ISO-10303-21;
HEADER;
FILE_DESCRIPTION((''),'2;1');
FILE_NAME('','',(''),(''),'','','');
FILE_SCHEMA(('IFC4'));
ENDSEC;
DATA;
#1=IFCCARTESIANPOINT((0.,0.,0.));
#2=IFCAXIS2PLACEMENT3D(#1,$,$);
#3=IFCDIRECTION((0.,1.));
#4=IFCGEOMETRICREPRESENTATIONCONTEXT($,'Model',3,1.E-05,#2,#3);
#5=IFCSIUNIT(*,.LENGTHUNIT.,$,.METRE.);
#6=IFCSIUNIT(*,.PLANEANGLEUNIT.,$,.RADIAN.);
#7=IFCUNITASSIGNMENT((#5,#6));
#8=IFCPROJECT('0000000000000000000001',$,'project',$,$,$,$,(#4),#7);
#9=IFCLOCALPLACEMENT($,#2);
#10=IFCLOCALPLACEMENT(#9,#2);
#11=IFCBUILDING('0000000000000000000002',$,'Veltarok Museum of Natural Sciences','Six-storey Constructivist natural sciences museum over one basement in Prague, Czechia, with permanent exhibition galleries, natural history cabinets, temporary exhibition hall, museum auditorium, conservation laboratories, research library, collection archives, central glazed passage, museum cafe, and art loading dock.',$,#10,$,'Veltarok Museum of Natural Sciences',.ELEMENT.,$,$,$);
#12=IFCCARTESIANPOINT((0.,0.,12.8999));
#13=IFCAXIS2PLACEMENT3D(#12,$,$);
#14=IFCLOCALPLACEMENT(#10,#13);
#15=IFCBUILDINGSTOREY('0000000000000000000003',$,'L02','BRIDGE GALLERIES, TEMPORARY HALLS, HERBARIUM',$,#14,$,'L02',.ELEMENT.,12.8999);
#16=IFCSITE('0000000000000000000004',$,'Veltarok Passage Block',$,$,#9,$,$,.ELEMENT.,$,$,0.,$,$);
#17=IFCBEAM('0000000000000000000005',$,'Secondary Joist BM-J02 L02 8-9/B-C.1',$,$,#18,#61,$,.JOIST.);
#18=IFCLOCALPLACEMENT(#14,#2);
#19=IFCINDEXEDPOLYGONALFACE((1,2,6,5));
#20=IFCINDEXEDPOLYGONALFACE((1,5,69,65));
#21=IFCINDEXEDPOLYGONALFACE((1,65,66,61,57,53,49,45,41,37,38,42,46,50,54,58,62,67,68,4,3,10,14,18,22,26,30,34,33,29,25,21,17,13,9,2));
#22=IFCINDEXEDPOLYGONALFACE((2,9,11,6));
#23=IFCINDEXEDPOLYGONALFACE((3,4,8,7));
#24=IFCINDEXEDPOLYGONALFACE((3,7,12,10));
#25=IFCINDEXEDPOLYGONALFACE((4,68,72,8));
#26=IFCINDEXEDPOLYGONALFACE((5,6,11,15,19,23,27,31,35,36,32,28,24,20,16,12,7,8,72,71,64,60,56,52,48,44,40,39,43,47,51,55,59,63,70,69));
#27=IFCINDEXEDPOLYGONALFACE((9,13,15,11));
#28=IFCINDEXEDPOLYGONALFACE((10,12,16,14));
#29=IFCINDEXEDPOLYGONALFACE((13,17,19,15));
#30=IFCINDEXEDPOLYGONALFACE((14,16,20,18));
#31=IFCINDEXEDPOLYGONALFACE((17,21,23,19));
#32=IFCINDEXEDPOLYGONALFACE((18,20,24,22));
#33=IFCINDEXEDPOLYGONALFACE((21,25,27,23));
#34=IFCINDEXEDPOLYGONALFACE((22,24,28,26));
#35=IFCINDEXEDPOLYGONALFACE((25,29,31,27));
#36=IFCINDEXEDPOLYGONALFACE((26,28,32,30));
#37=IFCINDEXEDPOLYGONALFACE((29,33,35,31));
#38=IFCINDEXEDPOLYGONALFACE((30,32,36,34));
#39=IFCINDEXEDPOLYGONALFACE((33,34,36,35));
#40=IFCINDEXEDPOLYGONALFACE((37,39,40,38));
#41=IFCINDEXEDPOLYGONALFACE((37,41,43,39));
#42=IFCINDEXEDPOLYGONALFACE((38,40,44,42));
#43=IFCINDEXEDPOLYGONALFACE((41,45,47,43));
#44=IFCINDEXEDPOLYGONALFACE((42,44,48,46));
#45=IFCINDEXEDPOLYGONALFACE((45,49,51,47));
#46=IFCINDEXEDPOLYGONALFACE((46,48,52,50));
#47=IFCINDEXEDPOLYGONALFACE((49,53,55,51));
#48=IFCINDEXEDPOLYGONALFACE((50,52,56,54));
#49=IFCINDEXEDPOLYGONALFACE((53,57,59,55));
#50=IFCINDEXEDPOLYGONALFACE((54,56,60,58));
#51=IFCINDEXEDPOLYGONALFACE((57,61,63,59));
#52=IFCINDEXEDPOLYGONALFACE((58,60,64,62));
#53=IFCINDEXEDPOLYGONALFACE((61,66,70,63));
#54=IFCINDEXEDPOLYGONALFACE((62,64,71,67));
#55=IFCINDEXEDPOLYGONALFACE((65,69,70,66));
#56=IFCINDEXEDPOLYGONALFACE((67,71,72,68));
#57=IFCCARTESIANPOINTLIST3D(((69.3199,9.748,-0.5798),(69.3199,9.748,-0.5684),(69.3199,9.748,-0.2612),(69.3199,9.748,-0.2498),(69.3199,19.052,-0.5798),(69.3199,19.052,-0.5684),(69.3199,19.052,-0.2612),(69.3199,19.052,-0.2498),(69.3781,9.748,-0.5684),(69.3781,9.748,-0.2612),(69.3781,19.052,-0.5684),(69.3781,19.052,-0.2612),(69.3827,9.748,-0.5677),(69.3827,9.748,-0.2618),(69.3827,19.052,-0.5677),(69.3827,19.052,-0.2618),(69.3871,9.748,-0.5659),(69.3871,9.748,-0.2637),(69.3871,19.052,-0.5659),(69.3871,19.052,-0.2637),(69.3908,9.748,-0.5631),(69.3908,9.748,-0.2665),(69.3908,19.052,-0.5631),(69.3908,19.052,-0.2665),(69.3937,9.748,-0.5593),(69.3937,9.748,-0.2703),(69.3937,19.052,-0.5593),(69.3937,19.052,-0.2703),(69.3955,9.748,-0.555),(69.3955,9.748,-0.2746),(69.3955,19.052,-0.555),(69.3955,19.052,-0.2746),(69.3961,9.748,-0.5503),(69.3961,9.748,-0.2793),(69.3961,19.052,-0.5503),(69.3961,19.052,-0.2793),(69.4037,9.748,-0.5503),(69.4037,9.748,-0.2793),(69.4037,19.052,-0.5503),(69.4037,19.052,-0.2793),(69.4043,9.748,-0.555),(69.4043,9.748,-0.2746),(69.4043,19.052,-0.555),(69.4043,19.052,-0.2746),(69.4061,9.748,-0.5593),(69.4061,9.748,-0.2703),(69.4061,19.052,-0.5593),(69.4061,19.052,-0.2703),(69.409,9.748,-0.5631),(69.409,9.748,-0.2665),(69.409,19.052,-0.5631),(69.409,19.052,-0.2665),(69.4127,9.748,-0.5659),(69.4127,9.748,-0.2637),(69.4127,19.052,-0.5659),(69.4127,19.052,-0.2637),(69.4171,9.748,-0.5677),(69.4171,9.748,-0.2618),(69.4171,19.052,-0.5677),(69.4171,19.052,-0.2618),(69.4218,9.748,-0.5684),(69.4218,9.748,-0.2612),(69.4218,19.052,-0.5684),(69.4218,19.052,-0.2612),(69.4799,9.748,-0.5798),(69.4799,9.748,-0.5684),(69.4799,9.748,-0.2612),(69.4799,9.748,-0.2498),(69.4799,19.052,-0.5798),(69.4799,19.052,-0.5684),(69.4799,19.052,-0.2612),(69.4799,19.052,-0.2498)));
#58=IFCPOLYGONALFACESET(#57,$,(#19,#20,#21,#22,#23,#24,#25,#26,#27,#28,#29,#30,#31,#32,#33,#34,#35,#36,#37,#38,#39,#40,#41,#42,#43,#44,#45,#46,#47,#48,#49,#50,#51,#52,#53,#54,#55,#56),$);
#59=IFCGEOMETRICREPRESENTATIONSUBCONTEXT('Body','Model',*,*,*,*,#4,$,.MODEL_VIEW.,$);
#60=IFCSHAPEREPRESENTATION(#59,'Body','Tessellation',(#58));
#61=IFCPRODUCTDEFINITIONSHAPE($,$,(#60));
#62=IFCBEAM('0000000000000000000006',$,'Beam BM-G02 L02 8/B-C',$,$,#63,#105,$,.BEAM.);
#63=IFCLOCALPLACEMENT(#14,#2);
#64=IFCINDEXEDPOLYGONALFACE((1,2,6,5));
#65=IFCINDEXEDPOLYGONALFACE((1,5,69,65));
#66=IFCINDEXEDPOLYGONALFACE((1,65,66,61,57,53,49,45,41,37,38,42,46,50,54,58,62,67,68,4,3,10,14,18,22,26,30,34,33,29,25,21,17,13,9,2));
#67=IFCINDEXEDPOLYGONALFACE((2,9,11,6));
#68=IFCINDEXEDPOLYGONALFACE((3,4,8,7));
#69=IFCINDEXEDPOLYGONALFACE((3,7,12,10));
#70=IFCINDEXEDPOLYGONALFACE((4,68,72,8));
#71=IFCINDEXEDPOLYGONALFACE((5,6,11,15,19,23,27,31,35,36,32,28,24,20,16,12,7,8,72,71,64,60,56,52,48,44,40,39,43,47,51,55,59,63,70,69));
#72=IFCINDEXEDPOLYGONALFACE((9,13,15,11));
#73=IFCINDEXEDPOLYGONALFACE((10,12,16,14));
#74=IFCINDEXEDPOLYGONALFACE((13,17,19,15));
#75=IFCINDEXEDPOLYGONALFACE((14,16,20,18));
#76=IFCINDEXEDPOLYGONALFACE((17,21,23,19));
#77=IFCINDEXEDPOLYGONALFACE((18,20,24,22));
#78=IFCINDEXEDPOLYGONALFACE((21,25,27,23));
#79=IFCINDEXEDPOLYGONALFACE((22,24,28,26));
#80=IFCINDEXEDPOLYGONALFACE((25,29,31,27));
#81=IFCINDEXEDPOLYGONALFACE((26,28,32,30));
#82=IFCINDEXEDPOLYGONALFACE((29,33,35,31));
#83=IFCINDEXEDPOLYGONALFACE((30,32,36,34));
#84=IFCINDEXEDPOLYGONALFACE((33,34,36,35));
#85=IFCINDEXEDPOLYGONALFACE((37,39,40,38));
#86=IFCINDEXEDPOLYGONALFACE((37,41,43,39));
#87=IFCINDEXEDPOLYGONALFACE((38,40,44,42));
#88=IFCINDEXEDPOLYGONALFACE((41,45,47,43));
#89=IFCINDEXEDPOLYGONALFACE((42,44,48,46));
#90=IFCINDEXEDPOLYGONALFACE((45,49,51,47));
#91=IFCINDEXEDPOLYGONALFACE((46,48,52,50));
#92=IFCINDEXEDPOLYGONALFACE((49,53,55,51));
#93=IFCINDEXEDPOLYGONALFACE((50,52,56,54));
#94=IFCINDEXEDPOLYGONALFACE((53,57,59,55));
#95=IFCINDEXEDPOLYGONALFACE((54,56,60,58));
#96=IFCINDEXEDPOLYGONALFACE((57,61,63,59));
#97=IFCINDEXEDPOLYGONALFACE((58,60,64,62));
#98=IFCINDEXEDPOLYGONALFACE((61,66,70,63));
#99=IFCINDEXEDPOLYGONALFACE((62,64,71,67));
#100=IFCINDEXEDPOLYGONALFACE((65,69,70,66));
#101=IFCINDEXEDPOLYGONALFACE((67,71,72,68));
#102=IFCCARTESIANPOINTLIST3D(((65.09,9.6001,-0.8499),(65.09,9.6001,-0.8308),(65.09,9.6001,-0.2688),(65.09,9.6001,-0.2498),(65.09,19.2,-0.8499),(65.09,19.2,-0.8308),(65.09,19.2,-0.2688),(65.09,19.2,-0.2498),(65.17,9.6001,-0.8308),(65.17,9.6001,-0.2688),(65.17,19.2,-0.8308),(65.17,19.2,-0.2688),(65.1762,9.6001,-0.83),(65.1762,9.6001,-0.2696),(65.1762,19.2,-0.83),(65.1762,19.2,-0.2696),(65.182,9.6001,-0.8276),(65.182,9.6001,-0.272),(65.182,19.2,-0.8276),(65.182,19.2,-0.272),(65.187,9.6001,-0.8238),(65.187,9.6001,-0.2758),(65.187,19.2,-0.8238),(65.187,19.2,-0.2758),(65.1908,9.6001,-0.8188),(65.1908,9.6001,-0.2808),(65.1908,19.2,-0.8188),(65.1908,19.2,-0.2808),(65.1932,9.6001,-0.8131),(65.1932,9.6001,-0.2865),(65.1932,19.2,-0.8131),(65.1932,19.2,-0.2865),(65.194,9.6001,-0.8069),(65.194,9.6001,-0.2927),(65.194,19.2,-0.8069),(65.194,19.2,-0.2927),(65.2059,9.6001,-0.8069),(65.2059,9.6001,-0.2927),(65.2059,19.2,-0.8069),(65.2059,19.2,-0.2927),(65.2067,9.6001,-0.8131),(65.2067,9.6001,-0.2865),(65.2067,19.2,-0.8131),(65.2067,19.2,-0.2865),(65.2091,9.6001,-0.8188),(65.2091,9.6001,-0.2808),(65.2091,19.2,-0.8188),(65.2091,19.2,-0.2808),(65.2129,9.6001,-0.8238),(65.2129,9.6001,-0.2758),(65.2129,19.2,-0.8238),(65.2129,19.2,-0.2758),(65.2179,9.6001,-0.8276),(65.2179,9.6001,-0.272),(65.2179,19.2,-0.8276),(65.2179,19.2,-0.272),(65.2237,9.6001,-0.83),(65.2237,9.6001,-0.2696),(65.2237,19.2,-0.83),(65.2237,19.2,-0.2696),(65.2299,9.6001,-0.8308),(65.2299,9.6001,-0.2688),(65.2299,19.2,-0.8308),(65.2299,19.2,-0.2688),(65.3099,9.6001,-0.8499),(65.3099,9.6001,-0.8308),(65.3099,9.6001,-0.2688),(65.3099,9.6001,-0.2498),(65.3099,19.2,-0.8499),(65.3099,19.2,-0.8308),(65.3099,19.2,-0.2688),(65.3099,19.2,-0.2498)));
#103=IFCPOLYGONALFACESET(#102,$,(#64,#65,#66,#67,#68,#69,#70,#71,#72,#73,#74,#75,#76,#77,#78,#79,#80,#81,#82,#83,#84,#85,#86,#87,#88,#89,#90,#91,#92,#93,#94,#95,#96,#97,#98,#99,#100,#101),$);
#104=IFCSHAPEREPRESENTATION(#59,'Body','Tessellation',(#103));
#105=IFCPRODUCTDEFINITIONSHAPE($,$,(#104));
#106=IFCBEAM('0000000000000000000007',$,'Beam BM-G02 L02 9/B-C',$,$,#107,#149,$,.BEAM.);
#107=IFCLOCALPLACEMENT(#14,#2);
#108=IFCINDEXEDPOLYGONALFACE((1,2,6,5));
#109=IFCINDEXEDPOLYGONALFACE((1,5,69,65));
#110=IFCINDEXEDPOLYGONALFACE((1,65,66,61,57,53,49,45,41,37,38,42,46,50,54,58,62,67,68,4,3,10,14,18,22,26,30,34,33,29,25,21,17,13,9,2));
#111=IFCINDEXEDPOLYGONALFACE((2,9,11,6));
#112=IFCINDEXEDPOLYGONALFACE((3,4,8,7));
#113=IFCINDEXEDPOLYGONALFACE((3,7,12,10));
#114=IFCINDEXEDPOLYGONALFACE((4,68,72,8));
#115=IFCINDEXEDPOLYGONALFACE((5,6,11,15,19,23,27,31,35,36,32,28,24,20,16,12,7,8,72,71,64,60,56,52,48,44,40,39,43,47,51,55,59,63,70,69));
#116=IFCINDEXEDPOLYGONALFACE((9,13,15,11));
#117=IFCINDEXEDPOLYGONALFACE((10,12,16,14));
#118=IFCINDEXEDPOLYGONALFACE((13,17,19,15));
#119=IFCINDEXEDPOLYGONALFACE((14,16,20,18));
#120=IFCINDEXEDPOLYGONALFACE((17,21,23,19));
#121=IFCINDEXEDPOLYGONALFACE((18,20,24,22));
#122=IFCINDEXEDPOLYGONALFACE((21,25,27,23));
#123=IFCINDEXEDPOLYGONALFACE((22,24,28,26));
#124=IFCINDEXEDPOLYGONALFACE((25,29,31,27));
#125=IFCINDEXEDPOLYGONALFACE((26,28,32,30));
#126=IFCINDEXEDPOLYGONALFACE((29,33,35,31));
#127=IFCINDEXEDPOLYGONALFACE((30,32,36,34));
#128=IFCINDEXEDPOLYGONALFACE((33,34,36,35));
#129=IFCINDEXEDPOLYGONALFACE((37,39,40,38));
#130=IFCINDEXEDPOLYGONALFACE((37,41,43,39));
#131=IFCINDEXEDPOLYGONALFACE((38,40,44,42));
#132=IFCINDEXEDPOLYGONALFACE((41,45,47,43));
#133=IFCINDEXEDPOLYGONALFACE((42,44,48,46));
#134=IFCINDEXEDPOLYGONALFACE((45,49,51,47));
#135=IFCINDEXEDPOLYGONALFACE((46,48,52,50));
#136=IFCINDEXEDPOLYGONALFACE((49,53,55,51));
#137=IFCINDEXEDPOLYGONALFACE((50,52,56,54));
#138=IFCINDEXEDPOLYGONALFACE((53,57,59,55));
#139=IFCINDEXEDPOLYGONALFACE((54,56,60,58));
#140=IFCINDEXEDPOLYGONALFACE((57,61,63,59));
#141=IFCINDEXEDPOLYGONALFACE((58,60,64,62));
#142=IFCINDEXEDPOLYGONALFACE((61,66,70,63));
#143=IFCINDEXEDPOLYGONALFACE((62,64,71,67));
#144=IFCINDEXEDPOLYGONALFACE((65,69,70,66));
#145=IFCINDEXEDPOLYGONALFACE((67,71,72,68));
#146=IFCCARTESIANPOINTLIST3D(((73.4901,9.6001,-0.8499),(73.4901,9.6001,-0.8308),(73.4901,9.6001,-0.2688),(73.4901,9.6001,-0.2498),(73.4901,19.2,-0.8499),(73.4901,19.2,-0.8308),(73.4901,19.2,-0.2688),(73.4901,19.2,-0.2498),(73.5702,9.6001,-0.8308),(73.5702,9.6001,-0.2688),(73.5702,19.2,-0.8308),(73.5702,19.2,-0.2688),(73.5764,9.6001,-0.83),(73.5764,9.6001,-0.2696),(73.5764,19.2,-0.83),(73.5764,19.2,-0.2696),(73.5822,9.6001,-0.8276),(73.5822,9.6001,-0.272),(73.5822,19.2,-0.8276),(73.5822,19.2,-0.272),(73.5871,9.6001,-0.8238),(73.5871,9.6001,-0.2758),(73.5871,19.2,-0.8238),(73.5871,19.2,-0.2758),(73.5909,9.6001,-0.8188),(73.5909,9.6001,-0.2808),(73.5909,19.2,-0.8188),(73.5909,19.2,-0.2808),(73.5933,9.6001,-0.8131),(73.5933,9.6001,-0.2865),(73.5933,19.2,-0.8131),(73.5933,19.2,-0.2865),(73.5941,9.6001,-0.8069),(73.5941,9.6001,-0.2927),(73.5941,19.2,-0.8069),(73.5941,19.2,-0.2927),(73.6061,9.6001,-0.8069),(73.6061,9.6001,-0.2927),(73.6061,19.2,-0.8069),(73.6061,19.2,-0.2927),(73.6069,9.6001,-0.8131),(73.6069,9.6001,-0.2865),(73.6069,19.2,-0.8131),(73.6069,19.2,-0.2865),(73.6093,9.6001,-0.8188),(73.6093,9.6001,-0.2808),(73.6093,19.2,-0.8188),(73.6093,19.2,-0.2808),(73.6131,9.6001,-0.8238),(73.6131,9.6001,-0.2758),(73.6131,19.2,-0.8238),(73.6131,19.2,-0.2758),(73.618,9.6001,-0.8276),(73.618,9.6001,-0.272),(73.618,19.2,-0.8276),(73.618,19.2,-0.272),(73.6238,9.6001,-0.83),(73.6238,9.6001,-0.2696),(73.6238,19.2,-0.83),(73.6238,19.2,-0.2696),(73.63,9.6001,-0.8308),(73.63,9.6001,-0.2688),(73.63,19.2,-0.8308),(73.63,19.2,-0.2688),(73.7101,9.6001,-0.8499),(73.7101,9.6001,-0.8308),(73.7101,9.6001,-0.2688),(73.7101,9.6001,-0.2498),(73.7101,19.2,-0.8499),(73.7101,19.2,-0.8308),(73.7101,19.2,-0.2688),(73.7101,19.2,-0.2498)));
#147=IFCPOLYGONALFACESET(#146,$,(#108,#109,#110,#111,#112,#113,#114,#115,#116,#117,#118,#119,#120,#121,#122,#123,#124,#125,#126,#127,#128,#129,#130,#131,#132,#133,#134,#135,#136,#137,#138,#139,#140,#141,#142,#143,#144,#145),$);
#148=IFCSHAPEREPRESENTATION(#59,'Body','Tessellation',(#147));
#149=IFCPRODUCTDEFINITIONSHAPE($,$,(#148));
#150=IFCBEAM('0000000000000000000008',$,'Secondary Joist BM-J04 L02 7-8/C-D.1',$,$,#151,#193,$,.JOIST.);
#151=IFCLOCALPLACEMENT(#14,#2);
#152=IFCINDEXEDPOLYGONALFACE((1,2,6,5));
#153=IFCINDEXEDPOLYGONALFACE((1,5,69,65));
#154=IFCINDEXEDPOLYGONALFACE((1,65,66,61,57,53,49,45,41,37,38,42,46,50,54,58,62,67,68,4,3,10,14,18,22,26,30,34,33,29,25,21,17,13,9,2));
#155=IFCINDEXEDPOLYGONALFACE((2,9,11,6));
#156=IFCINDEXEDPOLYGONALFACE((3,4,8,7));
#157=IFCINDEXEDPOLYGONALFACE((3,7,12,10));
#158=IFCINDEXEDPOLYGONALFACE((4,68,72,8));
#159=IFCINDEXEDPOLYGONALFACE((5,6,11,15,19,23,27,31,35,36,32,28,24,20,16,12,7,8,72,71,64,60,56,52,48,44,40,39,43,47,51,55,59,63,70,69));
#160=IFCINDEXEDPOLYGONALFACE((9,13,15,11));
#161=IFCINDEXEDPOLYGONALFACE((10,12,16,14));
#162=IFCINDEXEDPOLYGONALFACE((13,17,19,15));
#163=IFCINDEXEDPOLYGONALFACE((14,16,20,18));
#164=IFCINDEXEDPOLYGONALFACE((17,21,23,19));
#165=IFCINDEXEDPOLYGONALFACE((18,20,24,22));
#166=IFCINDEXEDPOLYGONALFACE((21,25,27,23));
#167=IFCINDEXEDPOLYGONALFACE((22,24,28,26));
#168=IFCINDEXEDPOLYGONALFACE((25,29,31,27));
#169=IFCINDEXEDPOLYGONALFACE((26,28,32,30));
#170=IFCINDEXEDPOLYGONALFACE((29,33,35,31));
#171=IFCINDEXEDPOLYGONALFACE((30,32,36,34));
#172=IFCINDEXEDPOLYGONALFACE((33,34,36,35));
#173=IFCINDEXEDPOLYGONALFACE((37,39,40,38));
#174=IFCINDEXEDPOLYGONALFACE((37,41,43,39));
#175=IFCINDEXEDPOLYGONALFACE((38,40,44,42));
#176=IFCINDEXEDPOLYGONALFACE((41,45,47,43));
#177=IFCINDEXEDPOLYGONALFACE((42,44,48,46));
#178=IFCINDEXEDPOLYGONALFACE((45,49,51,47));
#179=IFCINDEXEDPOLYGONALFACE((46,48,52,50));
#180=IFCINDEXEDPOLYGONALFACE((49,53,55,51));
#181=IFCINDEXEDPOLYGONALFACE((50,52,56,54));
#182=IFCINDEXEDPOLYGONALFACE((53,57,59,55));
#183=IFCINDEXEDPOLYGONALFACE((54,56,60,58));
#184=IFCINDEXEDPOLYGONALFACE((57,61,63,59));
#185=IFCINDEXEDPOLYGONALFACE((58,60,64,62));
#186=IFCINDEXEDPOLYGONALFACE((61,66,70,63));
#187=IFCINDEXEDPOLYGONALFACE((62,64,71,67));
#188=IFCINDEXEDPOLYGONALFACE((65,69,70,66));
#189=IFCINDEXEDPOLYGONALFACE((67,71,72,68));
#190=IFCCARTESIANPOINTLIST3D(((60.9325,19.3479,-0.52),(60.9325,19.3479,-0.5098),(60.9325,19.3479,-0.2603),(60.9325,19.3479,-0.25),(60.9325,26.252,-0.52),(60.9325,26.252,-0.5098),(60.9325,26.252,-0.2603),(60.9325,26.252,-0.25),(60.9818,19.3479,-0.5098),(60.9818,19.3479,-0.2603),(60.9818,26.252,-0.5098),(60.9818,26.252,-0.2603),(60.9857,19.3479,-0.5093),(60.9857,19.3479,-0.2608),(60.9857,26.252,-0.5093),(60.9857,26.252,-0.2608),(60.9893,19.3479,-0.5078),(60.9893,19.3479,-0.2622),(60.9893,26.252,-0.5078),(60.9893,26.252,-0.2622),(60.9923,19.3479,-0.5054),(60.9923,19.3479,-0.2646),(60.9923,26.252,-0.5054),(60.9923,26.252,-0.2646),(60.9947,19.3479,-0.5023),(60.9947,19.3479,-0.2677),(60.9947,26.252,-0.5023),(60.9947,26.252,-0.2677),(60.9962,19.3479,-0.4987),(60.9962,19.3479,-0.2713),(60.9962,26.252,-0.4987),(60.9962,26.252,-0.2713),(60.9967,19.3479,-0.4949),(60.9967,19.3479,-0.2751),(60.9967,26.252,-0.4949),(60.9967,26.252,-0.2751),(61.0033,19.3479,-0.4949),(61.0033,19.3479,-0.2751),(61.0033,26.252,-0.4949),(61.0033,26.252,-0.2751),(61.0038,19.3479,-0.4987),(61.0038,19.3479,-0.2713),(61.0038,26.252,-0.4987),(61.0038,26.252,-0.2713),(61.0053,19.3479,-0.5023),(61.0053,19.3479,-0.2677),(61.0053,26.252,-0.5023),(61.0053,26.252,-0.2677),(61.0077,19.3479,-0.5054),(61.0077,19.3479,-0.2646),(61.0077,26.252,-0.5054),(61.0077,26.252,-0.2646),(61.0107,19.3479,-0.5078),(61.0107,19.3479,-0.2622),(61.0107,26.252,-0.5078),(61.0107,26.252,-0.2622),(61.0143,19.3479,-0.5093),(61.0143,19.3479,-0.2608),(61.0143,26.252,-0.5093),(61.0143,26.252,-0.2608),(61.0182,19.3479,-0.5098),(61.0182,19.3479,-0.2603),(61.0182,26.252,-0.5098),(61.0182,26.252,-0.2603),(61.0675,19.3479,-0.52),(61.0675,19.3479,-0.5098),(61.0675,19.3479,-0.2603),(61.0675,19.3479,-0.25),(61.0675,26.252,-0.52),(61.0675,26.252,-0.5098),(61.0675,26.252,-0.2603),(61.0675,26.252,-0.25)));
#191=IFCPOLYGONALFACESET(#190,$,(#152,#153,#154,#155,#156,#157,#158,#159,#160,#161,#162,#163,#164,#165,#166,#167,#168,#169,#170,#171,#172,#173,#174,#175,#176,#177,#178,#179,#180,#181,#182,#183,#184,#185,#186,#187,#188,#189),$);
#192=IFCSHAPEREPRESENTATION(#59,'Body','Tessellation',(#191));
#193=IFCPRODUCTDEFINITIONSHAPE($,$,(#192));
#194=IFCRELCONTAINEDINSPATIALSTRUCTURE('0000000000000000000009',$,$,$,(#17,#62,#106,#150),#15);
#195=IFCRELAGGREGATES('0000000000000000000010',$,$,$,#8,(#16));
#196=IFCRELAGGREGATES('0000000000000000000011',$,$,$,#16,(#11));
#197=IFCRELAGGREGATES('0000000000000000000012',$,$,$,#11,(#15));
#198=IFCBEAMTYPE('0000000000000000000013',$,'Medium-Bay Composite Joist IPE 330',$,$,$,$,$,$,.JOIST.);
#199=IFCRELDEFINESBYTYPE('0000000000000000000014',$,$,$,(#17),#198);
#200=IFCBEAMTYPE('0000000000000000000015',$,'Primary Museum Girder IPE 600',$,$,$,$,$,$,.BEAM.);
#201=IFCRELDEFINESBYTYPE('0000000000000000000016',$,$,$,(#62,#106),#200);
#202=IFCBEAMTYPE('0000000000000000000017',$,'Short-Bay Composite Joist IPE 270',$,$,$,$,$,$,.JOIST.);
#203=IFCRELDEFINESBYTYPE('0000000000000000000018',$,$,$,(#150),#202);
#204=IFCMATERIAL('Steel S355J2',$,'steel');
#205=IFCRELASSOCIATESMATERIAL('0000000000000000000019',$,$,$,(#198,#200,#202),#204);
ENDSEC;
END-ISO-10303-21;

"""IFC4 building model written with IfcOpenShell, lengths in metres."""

from ifc_helpers import new_model, si_unit, direction, frame, origin, origin_2d, place, context, subcontext, project, spatial, i_section, extrude, material, material_profile, profile_set, type_object, element, save


model = new_model("IFC4")

# Units and contexts
model_context = context("Model", 3, precision=1e-05, world=origin(), true_north=direction((0.0, 1.0)))
body_context = subcontext(model_context, "Body", "Model", "MODEL_VIEW")
ifc_project = project(units=[si_unit("LENGTHUNIT", "METRE"), si_unit("PLANEANGLEUNIT", "RADIAN")], contexts=[model_context])

# Site, building, storey
site_placement = place(None, origin())
site = spatial("IfcSite", under=ifc_project, at=site_placement, Name="Veltarok Passage Block", CompositionType="ELEMENT", RefElevation=0.0)
building_placement = place(site_placement, origin())
building = spatial("IfcBuilding", under=site, at=building_placement, Name="Veltarok Museum of Natural Sciences", Description="Six-storey Constructivist natural sciences museum over one basement in Prague, Czechia, with permanent exhibition galleries, natural history cabinets, temporary exhibition hall, museum auditorium, conservation laboratories, research library, collection archives, central glazed passage, museum cafe, and art loading dock.", LongName="Veltarok Museum of Natural Sciences", CompositionType="ELEMENT")
storey_placement = place(building_placement, frame((0.0, 0.0, 12.8999)))
storey = spatial("IfcBuildingStorey", under=building, at=storey_placement, Name="L02", Description="BRIDGE GALLERIES, TEMPORARY HALLS, HERBARIUM", LongName="L02", CompositionType="ELEMENT", Elevation=12.8999)

# Shared definitions
ifc_material_1 = material(Name="Steel S355J2", Category="steel")

# Beams
ifc_material_profile_1 = material_profile(ifc_material_1, i_section(OverallWidth=0.1599, OverallDepth=0.3301, WebThickness=0.0076, FlangeThickness=0.0115, FilletRadius=0.0181, at=origin_2d()), Name="IPE 330")
ifc_profile_set_1 = profile_set([ifc_material_profile_1], Name="Steel S355J2")
beam_type_1 = type_object("IfcBeamType", Name="Medium-Bay Composite Joist IPE 330", PredefinedType="JOIST", material=ifc_profile_set_1)
for number, where, z_axis, x_axis, name in (
    (1, (69.3999, 9.748, -0.4148), (0.0, 1.0, 0.0), (-1.0, 0.0, 0.0), "Secondary Joist BM-J02 L02 8-9/B-C.1"),
):
    element("IfcBeam", number, at=place(storey_placement, frame(where, z_axis=z_axis, x_axis=x_axis)), inside=storey, type_object=beam_type_1, Name=name, PredefinedType="JOIST", context=body_context, shape_type="SweptSolid", body=[
        extrude(i_section(OverallWidth=0.1599, OverallDepth=0.3301, WebThickness=0.0076, FlangeThickness=0.0115, FilletRadius=0.0181, at=origin_2d()), origin(), (0.0, 0.0, 1.0), 9.304),
    ])
ifc_material_profile_2 = material_profile(ifc_material_1, i_section(OverallWidth=0.22, OverallDepth=0.6001, WebThickness=0.012, FlangeThickness=0.019, FilletRadius=0.0239, at=origin_2d()), Name="IPE 600")
ifc_profile_set_2 = profile_set([ifc_material_profile_2], Name="Steel S355J2")
beam_type_2 = type_object("IfcBeamType", Name="Primary Museum Girder IPE 600", PredefinedType="BEAM", material=ifc_profile_set_2)
for number, where, z_axis, x_axis, name in (
    (2, (65.2, 9.6001, -0.5498), (0.0, 1.0, 0.0), (-1.0, 0.0, 0.0), "Beam BM-G02 L02 8/B-C"),
    (3, (73.6001, 9.6001, -0.5498), (0.0, 1.0, 0.0), (-1.0, 0.0, 0.0), "Beam BM-G02 L02 9/B-C"),
):
    element("IfcBeam", number, at=place(storey_placement, frame(where, z_axis=z_axis, x_axis=x_axis)), inside=storey, type_object=beam_type_2, Name=name, PredefinedType="BEAM", context=body_context, shape_type="SweptSolid", body=[
        extrude(i_section(OverallWidth=0.22, OverallDepth=0.6001, WebThickness=0.012, FlangeThickness=0.019, FilletRadius=0.0239, at=origin_2d()), origin(), (0.0, 0.0, 1.0), 9.5999),
    ])
ifc_material_profile_3 = material_profile(ifc_material_1, i_section(OverallWidth=0.135, OverallDepth=0.27, WebThickness=0.0066, FlangeThickness=0.0103, FilletRadius=0.0149, at=origin_2d()), Name="IPE 270")
ifc_profile_set_3 = profile_set([ifc_material_profile_3], Name="Steel S355J2")
beam_type_3 = type_object("IfcBeamType", Name="Short-Bay Composite Joist IPE 270", PredefinedType="JOIST", material=ifc_profile_set_3)
for number, where, z_axis, x_axis, name in (
    (4, (61.0, 19.3479, -0.385), (0.0, 1.0, 0.0), (-1.0, 0.0, 0.0), "Secondary Joist BM-J04 L02 7-8/C-D.1"),
):
    element("IfcBeam", number, at=place(storey_placement, frame(where, z_axis=z_axis, x_axis=x_axis)), inside=storey, type_object=beam_type_3, Name=name, PredefinedType="JOIST", context=body_context, shape_type="SweptSolid", body=[
        extrude(i_section(OverallWidth=0.135, OverallDepth=0.27, WebThickness=0.0066, FlangeThickness=0.0103, FilletRadius=0.0149, at=origin_2d()), origin(), (0.0, 0.0, 1.0), 6.9041),
    ])

save(model, "model.ifc")
